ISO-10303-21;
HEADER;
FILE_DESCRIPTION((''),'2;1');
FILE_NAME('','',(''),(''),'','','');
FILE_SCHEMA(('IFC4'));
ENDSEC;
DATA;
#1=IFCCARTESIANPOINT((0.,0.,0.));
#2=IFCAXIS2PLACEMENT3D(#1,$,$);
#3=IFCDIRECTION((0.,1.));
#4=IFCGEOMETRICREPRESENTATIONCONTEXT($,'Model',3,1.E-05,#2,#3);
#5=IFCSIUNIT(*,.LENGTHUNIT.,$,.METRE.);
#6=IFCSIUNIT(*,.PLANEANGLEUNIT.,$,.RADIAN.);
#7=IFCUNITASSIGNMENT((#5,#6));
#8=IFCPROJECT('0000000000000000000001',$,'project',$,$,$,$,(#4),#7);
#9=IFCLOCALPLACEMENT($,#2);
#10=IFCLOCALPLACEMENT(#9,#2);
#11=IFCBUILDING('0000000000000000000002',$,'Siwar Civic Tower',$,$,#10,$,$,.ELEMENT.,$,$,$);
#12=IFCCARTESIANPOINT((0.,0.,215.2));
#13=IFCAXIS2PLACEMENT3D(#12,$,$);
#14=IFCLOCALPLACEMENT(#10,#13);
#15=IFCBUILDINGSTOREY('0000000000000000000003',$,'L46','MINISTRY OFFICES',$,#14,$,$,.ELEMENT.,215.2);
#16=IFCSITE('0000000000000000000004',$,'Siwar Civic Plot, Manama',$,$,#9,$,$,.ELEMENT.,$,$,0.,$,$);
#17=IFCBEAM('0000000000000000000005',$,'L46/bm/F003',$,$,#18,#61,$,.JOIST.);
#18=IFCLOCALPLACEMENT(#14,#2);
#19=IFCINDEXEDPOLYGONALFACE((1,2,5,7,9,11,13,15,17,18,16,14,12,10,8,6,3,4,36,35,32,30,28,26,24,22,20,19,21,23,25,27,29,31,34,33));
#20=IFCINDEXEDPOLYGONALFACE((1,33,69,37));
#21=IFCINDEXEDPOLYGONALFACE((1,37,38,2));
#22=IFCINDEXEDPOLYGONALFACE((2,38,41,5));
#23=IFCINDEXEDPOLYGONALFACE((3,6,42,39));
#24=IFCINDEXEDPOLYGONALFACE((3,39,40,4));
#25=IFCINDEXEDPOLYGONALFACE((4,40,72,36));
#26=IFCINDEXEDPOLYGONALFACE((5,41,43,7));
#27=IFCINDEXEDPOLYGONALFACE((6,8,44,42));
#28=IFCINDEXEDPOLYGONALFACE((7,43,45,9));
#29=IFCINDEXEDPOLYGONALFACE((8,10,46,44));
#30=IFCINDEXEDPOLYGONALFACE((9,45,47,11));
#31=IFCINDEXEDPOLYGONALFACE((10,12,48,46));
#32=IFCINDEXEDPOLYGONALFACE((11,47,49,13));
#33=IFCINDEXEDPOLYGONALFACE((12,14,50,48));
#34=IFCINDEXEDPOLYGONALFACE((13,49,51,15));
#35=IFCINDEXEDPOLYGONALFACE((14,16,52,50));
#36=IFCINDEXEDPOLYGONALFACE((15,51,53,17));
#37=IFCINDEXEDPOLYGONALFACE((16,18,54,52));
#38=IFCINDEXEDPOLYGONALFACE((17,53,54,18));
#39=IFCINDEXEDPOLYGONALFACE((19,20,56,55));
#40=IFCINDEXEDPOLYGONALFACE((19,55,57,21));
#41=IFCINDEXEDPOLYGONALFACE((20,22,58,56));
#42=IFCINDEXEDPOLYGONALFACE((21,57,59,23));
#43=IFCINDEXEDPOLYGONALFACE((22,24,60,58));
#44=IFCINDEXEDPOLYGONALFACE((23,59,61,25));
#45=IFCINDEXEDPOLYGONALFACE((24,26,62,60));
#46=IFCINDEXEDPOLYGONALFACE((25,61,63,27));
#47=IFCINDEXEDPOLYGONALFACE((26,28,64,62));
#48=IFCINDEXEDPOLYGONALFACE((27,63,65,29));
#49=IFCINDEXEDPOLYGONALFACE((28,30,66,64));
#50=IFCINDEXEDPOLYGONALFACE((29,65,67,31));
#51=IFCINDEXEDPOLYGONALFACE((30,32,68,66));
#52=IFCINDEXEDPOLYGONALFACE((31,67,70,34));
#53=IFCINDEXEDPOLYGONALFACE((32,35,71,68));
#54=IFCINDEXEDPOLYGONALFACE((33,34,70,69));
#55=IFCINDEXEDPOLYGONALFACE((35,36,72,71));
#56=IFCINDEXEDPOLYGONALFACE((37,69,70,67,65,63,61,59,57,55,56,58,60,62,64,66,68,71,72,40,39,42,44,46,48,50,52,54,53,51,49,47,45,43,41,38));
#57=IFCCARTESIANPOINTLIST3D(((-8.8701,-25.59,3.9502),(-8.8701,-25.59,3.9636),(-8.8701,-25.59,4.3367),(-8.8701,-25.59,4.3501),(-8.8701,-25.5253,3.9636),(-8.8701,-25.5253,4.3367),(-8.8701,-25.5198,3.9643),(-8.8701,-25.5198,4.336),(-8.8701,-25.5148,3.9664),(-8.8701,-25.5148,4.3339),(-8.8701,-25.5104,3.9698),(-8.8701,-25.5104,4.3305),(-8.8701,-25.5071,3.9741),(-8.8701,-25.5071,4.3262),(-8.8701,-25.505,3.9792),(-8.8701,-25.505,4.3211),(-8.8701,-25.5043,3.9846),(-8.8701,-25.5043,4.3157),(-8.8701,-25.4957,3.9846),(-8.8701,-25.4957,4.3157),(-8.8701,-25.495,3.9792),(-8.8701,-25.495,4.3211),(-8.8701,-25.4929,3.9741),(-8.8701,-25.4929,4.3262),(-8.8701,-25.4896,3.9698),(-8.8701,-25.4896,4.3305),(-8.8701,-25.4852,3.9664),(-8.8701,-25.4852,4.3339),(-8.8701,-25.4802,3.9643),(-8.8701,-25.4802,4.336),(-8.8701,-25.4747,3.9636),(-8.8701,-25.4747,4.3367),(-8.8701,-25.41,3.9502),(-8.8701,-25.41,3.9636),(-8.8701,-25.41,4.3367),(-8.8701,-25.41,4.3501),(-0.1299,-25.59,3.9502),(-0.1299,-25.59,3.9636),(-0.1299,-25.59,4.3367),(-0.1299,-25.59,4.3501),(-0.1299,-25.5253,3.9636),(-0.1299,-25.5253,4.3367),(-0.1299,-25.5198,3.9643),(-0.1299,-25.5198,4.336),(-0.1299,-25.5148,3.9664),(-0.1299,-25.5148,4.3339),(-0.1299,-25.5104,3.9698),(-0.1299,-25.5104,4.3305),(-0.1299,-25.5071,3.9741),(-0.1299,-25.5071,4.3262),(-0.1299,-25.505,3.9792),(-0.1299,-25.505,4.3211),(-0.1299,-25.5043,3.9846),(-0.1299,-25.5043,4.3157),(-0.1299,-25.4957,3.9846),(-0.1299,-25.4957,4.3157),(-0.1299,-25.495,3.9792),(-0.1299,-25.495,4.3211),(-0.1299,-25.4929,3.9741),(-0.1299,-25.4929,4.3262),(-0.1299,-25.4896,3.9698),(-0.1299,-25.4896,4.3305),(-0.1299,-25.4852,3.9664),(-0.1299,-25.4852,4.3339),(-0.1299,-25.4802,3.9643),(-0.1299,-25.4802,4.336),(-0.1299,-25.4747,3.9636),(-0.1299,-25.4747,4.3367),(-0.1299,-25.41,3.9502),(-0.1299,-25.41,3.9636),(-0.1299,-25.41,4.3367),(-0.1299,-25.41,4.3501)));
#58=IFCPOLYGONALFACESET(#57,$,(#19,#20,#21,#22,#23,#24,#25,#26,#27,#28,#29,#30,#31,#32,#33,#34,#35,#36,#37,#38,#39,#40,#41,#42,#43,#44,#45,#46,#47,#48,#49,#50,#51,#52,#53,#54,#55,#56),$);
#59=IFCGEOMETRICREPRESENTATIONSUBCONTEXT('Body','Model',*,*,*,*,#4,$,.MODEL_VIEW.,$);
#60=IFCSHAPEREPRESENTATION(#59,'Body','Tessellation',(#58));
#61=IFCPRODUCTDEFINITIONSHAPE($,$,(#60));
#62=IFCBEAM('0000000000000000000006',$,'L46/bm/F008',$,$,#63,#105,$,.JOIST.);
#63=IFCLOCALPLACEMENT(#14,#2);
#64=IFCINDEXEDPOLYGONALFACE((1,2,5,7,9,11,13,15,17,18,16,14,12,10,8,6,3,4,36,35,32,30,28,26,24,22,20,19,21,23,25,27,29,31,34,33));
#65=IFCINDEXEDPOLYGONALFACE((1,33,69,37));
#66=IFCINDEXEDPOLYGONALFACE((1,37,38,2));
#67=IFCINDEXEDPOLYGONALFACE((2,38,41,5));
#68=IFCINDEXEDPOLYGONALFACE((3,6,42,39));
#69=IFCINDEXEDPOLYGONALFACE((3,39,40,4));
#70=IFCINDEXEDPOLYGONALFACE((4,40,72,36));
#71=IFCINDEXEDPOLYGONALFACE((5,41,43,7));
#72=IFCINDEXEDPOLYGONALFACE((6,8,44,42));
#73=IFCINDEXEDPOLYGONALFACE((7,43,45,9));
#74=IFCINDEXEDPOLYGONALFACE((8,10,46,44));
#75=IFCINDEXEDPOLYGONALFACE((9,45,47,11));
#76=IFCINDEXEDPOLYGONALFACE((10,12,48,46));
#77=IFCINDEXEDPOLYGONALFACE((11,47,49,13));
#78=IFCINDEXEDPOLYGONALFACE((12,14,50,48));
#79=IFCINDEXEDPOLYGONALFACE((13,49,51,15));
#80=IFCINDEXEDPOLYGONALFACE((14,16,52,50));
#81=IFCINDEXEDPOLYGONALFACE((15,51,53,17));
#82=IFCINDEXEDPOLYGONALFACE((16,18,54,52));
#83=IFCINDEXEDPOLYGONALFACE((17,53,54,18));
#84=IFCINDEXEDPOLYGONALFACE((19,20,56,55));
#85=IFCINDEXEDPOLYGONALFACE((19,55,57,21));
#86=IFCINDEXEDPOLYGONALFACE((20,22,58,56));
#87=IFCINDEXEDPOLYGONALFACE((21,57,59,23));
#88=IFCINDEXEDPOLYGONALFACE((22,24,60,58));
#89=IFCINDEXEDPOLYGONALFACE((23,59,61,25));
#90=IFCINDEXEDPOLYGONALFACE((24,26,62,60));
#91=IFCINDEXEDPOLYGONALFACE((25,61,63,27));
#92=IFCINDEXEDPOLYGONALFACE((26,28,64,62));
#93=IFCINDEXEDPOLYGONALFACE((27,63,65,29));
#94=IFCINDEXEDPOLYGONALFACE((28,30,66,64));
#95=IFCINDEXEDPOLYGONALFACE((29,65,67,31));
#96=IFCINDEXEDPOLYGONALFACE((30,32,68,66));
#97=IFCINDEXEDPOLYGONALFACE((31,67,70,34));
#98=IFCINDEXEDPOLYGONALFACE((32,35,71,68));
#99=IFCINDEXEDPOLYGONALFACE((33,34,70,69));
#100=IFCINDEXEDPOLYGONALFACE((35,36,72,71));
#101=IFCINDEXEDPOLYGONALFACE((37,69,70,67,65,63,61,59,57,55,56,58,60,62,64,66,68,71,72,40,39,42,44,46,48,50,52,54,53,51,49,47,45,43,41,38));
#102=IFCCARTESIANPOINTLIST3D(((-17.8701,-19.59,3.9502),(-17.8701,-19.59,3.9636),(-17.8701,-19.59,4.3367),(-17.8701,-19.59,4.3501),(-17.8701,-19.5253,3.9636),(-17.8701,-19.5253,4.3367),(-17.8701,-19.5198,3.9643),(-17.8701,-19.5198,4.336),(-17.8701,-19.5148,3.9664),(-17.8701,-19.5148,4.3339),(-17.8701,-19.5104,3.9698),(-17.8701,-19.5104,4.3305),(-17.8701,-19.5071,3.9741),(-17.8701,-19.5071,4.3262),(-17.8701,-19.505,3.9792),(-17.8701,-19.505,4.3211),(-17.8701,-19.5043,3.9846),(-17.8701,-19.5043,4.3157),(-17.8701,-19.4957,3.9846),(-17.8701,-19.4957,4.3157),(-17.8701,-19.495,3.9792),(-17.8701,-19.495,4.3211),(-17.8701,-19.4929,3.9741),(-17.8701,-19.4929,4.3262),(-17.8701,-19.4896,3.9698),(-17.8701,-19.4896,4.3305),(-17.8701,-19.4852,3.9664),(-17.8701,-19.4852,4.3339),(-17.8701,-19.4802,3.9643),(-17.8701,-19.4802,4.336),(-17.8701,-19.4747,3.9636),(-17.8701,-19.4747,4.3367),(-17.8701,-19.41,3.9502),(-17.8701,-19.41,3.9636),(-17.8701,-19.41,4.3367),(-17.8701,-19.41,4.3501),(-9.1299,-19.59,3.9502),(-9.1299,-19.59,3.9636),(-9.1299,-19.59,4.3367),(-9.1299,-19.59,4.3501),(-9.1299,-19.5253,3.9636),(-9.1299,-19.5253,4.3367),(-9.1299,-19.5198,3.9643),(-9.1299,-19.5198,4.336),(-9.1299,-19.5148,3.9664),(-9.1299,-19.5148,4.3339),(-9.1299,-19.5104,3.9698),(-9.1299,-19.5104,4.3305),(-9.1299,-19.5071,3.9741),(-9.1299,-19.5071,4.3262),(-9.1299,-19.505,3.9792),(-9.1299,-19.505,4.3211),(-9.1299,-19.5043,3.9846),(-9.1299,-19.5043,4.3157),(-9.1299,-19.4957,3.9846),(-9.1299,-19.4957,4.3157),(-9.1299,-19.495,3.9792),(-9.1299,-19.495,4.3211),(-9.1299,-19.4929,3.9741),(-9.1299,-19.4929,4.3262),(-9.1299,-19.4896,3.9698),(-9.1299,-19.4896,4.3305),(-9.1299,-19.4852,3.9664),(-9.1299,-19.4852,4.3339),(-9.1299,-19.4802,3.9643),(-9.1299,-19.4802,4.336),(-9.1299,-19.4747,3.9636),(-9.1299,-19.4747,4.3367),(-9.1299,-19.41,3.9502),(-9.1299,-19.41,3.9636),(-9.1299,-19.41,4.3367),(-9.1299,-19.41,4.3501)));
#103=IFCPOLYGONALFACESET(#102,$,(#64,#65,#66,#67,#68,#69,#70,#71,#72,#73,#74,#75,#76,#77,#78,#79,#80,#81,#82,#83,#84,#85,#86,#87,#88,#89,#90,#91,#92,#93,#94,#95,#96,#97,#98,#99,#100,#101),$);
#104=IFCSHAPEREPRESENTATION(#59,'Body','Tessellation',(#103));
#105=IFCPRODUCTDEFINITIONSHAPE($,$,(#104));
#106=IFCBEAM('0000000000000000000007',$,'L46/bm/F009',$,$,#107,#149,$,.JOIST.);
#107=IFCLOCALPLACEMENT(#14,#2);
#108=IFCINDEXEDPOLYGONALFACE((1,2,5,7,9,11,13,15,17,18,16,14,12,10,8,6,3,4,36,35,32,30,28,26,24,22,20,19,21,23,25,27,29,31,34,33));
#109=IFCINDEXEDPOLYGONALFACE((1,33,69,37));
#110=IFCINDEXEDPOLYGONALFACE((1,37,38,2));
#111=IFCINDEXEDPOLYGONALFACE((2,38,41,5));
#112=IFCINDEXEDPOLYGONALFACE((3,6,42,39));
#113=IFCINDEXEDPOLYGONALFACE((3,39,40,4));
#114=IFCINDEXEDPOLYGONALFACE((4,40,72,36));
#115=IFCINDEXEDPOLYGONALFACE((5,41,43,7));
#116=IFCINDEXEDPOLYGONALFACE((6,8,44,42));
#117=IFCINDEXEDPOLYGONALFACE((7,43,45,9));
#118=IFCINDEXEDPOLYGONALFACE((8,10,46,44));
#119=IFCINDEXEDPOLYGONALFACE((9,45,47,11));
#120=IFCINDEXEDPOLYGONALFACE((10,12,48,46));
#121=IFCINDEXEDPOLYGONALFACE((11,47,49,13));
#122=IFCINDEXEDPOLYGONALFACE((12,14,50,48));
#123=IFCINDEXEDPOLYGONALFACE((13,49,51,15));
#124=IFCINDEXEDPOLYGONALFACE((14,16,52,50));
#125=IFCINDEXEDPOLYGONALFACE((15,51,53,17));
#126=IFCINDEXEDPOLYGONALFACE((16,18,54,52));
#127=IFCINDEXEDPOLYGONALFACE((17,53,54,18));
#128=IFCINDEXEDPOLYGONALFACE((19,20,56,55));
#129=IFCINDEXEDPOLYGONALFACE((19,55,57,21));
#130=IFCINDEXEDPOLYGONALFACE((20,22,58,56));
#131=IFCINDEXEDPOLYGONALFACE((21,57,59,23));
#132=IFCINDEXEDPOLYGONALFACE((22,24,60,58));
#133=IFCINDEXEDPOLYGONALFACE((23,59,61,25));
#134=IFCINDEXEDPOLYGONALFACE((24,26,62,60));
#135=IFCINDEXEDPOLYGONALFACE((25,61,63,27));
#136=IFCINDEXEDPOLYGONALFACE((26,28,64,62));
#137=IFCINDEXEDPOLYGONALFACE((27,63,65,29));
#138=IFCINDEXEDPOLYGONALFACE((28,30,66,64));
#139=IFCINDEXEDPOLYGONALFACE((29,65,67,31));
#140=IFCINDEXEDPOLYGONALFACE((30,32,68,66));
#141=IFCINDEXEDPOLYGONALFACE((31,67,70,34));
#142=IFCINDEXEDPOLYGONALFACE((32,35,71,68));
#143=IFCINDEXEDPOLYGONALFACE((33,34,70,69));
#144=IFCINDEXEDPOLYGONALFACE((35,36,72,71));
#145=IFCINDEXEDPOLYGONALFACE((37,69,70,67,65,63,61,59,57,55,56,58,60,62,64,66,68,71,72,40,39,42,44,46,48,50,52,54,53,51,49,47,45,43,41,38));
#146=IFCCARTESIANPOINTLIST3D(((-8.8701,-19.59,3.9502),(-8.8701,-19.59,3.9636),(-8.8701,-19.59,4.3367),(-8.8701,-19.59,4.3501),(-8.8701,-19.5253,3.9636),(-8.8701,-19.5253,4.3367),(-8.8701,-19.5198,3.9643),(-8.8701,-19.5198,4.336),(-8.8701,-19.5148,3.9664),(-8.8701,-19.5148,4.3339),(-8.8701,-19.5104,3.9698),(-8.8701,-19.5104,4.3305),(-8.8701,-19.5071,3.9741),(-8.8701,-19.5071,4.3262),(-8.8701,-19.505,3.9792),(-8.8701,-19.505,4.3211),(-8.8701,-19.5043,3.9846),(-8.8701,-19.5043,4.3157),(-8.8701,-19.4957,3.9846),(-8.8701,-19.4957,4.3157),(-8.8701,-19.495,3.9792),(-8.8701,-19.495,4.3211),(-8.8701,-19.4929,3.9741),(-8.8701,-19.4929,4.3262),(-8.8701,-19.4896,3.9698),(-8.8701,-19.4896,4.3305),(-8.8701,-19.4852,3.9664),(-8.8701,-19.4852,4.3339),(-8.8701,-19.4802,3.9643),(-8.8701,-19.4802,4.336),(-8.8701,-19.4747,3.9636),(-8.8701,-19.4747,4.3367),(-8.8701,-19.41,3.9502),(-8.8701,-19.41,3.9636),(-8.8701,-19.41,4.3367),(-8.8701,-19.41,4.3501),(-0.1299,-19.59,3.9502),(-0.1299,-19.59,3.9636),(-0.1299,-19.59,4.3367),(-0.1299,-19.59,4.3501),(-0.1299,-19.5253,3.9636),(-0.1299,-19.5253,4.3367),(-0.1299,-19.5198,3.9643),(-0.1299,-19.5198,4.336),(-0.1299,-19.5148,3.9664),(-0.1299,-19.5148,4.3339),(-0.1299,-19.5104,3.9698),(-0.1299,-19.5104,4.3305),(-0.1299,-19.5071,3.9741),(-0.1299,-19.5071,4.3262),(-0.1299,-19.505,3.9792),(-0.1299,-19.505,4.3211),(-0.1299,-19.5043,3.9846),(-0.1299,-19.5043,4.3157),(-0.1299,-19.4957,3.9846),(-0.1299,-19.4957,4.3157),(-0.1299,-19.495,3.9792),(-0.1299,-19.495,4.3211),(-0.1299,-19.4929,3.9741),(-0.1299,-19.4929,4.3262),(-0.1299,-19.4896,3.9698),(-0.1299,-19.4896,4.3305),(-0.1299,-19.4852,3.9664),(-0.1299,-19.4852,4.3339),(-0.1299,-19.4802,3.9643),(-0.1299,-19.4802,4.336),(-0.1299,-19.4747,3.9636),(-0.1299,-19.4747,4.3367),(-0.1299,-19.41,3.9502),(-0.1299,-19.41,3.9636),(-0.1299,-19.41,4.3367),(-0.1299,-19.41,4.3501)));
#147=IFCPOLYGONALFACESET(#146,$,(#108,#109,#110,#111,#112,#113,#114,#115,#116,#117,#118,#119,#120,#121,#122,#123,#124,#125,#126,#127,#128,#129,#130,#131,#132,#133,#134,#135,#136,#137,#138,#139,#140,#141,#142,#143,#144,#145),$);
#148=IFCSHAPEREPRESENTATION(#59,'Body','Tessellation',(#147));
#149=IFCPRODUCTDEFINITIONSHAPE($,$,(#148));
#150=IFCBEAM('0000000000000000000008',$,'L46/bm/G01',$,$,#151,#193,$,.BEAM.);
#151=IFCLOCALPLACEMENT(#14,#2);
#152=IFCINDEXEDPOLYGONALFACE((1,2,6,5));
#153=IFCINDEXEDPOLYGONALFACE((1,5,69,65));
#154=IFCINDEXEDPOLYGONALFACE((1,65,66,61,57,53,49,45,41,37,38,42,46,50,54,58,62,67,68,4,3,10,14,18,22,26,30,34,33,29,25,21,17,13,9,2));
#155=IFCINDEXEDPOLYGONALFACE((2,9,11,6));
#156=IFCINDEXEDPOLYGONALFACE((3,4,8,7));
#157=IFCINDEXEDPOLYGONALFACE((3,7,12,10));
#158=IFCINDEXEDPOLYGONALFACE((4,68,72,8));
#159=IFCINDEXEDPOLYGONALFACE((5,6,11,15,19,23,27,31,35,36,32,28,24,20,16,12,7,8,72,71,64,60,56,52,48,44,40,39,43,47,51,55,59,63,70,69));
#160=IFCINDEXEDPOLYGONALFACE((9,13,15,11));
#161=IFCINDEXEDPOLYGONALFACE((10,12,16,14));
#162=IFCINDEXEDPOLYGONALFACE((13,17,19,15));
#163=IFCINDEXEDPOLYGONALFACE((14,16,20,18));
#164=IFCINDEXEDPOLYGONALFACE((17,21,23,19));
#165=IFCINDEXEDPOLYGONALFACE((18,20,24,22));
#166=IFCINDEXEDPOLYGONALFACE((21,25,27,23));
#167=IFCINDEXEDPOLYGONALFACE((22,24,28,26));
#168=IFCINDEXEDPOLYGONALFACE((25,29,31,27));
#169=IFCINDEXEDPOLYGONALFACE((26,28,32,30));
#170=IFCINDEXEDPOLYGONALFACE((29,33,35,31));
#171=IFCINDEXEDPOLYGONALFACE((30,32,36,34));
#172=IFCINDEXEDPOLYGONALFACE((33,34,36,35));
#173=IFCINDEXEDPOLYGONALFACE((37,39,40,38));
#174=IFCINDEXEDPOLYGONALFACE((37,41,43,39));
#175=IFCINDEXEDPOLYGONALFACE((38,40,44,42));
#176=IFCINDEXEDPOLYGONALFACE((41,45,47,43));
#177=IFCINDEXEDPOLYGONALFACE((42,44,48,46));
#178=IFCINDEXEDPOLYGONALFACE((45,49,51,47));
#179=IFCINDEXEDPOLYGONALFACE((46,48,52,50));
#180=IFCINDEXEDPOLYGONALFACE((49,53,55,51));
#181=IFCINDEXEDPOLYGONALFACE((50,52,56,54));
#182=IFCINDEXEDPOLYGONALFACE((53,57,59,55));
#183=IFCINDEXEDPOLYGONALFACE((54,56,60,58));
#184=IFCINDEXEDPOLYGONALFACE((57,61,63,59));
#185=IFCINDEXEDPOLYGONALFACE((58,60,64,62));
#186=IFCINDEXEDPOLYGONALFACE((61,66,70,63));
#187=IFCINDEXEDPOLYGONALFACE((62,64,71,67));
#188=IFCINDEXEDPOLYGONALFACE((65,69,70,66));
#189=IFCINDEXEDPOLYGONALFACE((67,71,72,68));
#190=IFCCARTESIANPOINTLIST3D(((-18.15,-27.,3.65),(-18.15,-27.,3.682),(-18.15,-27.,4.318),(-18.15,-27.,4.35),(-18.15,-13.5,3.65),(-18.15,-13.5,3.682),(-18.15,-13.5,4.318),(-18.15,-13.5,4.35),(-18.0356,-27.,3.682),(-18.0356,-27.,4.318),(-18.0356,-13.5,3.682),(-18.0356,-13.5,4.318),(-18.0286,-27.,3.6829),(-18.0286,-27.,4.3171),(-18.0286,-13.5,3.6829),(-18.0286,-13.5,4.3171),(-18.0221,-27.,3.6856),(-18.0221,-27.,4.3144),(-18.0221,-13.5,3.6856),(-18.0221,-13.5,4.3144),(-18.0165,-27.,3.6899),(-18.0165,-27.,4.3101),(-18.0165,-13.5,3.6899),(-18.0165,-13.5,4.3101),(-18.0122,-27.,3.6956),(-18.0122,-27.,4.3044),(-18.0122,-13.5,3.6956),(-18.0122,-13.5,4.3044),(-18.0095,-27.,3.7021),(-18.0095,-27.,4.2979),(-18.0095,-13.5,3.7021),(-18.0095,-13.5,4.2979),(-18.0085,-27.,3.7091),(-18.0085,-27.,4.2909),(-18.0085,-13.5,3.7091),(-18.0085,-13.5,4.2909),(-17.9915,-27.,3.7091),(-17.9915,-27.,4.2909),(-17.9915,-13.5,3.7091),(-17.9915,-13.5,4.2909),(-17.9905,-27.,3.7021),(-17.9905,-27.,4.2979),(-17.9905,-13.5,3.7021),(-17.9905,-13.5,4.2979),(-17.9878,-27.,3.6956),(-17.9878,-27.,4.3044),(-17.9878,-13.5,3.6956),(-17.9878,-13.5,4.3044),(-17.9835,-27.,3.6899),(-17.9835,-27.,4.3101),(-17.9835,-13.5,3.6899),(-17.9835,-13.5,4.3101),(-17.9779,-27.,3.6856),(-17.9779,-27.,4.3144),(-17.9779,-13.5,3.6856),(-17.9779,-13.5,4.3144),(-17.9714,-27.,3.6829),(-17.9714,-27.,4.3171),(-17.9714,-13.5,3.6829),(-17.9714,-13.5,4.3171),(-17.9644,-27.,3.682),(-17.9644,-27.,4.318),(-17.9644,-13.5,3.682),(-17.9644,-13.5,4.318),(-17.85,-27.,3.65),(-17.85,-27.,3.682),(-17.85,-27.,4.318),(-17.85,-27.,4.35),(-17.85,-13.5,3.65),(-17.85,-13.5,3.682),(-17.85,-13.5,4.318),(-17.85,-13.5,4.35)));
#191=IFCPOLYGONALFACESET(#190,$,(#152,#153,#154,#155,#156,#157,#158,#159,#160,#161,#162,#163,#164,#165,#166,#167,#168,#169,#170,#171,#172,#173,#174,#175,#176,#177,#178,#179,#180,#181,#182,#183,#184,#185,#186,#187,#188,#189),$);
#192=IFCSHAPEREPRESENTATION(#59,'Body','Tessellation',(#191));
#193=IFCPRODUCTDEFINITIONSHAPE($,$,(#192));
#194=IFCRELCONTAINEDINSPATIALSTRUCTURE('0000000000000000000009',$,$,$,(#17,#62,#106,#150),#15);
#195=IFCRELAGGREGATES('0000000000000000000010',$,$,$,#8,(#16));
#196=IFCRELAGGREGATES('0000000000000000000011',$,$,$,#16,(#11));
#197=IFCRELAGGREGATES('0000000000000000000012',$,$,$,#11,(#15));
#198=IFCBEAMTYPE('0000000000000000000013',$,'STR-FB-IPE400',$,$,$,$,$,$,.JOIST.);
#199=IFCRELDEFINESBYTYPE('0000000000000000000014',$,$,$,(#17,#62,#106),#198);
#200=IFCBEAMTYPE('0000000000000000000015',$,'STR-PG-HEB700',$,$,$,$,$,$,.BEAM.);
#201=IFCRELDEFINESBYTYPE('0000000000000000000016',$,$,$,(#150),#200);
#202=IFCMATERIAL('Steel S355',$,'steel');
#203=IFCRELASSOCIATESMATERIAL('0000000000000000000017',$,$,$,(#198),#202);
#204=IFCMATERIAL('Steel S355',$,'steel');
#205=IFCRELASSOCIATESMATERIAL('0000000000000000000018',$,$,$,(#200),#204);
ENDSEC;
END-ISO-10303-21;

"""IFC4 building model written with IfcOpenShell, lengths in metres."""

from ifc_helpers import new_model, si_unit, direction, frame, origin, origin_2d, place, context, subcontext, project, spatial, i_section, extrude, material, material_profile, profile_set, type_object, element, save


model = new_model("IFC4")

# Units and contexts
model_context = context("Model", 3, precision=1e-05, world=origin(), true_north=direction((0.0, 1.0)))
body_context = subcontext(model_context, "Body", "Model", "MODEL_VIEW")
ifc_project = project(units=[si_unit("LENGTHUNIT", "METRE"), si_unit("PLANEANGLEUNIT", "RADIAN")], contexts=[model_context])

# Site, building, storey
site_placement = place(None, origin())
site = spatial("IfcSite", under=ifc_project, at=site_placement, Name="Siwar Civic Plot, Manama", CompositionType="ELEMENT", RefElevation=0.0)
building_placement = place(site_placement, origin())
building = spatial("IfcBuilding", under=site, at=building_placement, Name="Siwar Civic Tower", CompositionType="ELEMENT")
storey_placement = place(building_placement, frame((0.0, 0.0, 215.2)))
storey = spatial("IfcBuildingStorey", under=building, at=storey_placement, Name="L46", Description="MINISTRY OFFICES", CompositionType="ELEMENT", Elevation=215.2)

# Beams
ifc_material_1 = material(Name="Steel S355", Category="steel")
ifc_material_profile_1 = material_profile(ifc_material_1, i_section(OverallWidth=0.1799, OverallDepth=0.3999, WebThickness=0.0085, FlangeThickness=0.0134, FilletRadius=0.021, at=origin_2d()), Name="IPE400")
ifc_profile_set_1 = profile_set([ifc_material_profile_1], Name="Steel S355")
beam_type_1 = type_object("IfcBeamType", Name="STR-FB-IPE400", PredefinedType="JOIST", material=ifc_profile_set_1)
for number, where, z_axis, x_axis, name in (
    (1, (-8.8701, -25.5, 4.1501), (1.0, 0.0, 0.0), (0.0, 1.0, 0.0), "L46/bm/F003"),
    (2, (-17.8701, -19.5, 4.1501), (1.0, 0.0, 0.0), (0.0, 1.0, 0.0), "L46/bm/F008"),
    (3, (-8.8701, -19.5, 4.1501), (1.0, 0.0, 0.0), (0.0, 1.0, 0.0), "L46/bm/F009"),
):
    element("IfcBeam", number, at=place(storey_placement, frame(where, z_axis=z_axis, x_axis=x_axis)), inside=storey, type_object=beam_type_1, Name=name, PredefinedType="JOIST", context=body_context, shape_type="SweptSolid", body=[
        extrude(i_section(OverallWidth=0.1799, OverallDepth=0.3999, WebThickness=0.0085, FlangeThickness=0.0134, FilletRadius=0.021, at=origin_2d()), origin(), (0.0, 0.0, 1.0), 8.7402),
    ])
ifc_material_2 = material(Name="Steel S355", Category="steel")
ifc_material_profile_2 = material_profile(ifc_material_2, i_section(OverallWidth=0.3, OverallDepth=0.7, WebThickness=0.0171, FlangeThickness=0.032, FilletRadius=0.0271, at=origin_2d()), Name="HEB700")
ifc_profile_set_2 = profile_set([ifc_material_profile_2], Name="Steel S355")
beam_type_2 = type_object("IfcBeamType", Name="STR-PG-HEB700", PredefinedType="BEAM", material=ifc_profile_set_2)
for number, where, z_axis, x_axis, name in (
    (4, (-18.0, -27.0, 4.0), (0.0, 1.0, 0.0), (-1.0, 0.0, 0.0), "L46/bm/G01"),
):
    element("IfcBeam", number, at=place(storey_placement, frame(where, z_axis=z_axis, x_axis=x_axis)), inside=storey, type_object=beam_type_2, Name=name, PredefinedType="BEAM", context=body_context, shape_type="SweptSolid", body=[
        extrude(i_section(OverallWidth=0.3, OverallDepth=0.7, WebThickness=0.0171, FlangeThickness=0.032, FilletRadius=0.0271, at=origin_2d()), origin(), (0.0, 0.0, 1.0), 13.5),
    ])

save(model, "model.ifc")
